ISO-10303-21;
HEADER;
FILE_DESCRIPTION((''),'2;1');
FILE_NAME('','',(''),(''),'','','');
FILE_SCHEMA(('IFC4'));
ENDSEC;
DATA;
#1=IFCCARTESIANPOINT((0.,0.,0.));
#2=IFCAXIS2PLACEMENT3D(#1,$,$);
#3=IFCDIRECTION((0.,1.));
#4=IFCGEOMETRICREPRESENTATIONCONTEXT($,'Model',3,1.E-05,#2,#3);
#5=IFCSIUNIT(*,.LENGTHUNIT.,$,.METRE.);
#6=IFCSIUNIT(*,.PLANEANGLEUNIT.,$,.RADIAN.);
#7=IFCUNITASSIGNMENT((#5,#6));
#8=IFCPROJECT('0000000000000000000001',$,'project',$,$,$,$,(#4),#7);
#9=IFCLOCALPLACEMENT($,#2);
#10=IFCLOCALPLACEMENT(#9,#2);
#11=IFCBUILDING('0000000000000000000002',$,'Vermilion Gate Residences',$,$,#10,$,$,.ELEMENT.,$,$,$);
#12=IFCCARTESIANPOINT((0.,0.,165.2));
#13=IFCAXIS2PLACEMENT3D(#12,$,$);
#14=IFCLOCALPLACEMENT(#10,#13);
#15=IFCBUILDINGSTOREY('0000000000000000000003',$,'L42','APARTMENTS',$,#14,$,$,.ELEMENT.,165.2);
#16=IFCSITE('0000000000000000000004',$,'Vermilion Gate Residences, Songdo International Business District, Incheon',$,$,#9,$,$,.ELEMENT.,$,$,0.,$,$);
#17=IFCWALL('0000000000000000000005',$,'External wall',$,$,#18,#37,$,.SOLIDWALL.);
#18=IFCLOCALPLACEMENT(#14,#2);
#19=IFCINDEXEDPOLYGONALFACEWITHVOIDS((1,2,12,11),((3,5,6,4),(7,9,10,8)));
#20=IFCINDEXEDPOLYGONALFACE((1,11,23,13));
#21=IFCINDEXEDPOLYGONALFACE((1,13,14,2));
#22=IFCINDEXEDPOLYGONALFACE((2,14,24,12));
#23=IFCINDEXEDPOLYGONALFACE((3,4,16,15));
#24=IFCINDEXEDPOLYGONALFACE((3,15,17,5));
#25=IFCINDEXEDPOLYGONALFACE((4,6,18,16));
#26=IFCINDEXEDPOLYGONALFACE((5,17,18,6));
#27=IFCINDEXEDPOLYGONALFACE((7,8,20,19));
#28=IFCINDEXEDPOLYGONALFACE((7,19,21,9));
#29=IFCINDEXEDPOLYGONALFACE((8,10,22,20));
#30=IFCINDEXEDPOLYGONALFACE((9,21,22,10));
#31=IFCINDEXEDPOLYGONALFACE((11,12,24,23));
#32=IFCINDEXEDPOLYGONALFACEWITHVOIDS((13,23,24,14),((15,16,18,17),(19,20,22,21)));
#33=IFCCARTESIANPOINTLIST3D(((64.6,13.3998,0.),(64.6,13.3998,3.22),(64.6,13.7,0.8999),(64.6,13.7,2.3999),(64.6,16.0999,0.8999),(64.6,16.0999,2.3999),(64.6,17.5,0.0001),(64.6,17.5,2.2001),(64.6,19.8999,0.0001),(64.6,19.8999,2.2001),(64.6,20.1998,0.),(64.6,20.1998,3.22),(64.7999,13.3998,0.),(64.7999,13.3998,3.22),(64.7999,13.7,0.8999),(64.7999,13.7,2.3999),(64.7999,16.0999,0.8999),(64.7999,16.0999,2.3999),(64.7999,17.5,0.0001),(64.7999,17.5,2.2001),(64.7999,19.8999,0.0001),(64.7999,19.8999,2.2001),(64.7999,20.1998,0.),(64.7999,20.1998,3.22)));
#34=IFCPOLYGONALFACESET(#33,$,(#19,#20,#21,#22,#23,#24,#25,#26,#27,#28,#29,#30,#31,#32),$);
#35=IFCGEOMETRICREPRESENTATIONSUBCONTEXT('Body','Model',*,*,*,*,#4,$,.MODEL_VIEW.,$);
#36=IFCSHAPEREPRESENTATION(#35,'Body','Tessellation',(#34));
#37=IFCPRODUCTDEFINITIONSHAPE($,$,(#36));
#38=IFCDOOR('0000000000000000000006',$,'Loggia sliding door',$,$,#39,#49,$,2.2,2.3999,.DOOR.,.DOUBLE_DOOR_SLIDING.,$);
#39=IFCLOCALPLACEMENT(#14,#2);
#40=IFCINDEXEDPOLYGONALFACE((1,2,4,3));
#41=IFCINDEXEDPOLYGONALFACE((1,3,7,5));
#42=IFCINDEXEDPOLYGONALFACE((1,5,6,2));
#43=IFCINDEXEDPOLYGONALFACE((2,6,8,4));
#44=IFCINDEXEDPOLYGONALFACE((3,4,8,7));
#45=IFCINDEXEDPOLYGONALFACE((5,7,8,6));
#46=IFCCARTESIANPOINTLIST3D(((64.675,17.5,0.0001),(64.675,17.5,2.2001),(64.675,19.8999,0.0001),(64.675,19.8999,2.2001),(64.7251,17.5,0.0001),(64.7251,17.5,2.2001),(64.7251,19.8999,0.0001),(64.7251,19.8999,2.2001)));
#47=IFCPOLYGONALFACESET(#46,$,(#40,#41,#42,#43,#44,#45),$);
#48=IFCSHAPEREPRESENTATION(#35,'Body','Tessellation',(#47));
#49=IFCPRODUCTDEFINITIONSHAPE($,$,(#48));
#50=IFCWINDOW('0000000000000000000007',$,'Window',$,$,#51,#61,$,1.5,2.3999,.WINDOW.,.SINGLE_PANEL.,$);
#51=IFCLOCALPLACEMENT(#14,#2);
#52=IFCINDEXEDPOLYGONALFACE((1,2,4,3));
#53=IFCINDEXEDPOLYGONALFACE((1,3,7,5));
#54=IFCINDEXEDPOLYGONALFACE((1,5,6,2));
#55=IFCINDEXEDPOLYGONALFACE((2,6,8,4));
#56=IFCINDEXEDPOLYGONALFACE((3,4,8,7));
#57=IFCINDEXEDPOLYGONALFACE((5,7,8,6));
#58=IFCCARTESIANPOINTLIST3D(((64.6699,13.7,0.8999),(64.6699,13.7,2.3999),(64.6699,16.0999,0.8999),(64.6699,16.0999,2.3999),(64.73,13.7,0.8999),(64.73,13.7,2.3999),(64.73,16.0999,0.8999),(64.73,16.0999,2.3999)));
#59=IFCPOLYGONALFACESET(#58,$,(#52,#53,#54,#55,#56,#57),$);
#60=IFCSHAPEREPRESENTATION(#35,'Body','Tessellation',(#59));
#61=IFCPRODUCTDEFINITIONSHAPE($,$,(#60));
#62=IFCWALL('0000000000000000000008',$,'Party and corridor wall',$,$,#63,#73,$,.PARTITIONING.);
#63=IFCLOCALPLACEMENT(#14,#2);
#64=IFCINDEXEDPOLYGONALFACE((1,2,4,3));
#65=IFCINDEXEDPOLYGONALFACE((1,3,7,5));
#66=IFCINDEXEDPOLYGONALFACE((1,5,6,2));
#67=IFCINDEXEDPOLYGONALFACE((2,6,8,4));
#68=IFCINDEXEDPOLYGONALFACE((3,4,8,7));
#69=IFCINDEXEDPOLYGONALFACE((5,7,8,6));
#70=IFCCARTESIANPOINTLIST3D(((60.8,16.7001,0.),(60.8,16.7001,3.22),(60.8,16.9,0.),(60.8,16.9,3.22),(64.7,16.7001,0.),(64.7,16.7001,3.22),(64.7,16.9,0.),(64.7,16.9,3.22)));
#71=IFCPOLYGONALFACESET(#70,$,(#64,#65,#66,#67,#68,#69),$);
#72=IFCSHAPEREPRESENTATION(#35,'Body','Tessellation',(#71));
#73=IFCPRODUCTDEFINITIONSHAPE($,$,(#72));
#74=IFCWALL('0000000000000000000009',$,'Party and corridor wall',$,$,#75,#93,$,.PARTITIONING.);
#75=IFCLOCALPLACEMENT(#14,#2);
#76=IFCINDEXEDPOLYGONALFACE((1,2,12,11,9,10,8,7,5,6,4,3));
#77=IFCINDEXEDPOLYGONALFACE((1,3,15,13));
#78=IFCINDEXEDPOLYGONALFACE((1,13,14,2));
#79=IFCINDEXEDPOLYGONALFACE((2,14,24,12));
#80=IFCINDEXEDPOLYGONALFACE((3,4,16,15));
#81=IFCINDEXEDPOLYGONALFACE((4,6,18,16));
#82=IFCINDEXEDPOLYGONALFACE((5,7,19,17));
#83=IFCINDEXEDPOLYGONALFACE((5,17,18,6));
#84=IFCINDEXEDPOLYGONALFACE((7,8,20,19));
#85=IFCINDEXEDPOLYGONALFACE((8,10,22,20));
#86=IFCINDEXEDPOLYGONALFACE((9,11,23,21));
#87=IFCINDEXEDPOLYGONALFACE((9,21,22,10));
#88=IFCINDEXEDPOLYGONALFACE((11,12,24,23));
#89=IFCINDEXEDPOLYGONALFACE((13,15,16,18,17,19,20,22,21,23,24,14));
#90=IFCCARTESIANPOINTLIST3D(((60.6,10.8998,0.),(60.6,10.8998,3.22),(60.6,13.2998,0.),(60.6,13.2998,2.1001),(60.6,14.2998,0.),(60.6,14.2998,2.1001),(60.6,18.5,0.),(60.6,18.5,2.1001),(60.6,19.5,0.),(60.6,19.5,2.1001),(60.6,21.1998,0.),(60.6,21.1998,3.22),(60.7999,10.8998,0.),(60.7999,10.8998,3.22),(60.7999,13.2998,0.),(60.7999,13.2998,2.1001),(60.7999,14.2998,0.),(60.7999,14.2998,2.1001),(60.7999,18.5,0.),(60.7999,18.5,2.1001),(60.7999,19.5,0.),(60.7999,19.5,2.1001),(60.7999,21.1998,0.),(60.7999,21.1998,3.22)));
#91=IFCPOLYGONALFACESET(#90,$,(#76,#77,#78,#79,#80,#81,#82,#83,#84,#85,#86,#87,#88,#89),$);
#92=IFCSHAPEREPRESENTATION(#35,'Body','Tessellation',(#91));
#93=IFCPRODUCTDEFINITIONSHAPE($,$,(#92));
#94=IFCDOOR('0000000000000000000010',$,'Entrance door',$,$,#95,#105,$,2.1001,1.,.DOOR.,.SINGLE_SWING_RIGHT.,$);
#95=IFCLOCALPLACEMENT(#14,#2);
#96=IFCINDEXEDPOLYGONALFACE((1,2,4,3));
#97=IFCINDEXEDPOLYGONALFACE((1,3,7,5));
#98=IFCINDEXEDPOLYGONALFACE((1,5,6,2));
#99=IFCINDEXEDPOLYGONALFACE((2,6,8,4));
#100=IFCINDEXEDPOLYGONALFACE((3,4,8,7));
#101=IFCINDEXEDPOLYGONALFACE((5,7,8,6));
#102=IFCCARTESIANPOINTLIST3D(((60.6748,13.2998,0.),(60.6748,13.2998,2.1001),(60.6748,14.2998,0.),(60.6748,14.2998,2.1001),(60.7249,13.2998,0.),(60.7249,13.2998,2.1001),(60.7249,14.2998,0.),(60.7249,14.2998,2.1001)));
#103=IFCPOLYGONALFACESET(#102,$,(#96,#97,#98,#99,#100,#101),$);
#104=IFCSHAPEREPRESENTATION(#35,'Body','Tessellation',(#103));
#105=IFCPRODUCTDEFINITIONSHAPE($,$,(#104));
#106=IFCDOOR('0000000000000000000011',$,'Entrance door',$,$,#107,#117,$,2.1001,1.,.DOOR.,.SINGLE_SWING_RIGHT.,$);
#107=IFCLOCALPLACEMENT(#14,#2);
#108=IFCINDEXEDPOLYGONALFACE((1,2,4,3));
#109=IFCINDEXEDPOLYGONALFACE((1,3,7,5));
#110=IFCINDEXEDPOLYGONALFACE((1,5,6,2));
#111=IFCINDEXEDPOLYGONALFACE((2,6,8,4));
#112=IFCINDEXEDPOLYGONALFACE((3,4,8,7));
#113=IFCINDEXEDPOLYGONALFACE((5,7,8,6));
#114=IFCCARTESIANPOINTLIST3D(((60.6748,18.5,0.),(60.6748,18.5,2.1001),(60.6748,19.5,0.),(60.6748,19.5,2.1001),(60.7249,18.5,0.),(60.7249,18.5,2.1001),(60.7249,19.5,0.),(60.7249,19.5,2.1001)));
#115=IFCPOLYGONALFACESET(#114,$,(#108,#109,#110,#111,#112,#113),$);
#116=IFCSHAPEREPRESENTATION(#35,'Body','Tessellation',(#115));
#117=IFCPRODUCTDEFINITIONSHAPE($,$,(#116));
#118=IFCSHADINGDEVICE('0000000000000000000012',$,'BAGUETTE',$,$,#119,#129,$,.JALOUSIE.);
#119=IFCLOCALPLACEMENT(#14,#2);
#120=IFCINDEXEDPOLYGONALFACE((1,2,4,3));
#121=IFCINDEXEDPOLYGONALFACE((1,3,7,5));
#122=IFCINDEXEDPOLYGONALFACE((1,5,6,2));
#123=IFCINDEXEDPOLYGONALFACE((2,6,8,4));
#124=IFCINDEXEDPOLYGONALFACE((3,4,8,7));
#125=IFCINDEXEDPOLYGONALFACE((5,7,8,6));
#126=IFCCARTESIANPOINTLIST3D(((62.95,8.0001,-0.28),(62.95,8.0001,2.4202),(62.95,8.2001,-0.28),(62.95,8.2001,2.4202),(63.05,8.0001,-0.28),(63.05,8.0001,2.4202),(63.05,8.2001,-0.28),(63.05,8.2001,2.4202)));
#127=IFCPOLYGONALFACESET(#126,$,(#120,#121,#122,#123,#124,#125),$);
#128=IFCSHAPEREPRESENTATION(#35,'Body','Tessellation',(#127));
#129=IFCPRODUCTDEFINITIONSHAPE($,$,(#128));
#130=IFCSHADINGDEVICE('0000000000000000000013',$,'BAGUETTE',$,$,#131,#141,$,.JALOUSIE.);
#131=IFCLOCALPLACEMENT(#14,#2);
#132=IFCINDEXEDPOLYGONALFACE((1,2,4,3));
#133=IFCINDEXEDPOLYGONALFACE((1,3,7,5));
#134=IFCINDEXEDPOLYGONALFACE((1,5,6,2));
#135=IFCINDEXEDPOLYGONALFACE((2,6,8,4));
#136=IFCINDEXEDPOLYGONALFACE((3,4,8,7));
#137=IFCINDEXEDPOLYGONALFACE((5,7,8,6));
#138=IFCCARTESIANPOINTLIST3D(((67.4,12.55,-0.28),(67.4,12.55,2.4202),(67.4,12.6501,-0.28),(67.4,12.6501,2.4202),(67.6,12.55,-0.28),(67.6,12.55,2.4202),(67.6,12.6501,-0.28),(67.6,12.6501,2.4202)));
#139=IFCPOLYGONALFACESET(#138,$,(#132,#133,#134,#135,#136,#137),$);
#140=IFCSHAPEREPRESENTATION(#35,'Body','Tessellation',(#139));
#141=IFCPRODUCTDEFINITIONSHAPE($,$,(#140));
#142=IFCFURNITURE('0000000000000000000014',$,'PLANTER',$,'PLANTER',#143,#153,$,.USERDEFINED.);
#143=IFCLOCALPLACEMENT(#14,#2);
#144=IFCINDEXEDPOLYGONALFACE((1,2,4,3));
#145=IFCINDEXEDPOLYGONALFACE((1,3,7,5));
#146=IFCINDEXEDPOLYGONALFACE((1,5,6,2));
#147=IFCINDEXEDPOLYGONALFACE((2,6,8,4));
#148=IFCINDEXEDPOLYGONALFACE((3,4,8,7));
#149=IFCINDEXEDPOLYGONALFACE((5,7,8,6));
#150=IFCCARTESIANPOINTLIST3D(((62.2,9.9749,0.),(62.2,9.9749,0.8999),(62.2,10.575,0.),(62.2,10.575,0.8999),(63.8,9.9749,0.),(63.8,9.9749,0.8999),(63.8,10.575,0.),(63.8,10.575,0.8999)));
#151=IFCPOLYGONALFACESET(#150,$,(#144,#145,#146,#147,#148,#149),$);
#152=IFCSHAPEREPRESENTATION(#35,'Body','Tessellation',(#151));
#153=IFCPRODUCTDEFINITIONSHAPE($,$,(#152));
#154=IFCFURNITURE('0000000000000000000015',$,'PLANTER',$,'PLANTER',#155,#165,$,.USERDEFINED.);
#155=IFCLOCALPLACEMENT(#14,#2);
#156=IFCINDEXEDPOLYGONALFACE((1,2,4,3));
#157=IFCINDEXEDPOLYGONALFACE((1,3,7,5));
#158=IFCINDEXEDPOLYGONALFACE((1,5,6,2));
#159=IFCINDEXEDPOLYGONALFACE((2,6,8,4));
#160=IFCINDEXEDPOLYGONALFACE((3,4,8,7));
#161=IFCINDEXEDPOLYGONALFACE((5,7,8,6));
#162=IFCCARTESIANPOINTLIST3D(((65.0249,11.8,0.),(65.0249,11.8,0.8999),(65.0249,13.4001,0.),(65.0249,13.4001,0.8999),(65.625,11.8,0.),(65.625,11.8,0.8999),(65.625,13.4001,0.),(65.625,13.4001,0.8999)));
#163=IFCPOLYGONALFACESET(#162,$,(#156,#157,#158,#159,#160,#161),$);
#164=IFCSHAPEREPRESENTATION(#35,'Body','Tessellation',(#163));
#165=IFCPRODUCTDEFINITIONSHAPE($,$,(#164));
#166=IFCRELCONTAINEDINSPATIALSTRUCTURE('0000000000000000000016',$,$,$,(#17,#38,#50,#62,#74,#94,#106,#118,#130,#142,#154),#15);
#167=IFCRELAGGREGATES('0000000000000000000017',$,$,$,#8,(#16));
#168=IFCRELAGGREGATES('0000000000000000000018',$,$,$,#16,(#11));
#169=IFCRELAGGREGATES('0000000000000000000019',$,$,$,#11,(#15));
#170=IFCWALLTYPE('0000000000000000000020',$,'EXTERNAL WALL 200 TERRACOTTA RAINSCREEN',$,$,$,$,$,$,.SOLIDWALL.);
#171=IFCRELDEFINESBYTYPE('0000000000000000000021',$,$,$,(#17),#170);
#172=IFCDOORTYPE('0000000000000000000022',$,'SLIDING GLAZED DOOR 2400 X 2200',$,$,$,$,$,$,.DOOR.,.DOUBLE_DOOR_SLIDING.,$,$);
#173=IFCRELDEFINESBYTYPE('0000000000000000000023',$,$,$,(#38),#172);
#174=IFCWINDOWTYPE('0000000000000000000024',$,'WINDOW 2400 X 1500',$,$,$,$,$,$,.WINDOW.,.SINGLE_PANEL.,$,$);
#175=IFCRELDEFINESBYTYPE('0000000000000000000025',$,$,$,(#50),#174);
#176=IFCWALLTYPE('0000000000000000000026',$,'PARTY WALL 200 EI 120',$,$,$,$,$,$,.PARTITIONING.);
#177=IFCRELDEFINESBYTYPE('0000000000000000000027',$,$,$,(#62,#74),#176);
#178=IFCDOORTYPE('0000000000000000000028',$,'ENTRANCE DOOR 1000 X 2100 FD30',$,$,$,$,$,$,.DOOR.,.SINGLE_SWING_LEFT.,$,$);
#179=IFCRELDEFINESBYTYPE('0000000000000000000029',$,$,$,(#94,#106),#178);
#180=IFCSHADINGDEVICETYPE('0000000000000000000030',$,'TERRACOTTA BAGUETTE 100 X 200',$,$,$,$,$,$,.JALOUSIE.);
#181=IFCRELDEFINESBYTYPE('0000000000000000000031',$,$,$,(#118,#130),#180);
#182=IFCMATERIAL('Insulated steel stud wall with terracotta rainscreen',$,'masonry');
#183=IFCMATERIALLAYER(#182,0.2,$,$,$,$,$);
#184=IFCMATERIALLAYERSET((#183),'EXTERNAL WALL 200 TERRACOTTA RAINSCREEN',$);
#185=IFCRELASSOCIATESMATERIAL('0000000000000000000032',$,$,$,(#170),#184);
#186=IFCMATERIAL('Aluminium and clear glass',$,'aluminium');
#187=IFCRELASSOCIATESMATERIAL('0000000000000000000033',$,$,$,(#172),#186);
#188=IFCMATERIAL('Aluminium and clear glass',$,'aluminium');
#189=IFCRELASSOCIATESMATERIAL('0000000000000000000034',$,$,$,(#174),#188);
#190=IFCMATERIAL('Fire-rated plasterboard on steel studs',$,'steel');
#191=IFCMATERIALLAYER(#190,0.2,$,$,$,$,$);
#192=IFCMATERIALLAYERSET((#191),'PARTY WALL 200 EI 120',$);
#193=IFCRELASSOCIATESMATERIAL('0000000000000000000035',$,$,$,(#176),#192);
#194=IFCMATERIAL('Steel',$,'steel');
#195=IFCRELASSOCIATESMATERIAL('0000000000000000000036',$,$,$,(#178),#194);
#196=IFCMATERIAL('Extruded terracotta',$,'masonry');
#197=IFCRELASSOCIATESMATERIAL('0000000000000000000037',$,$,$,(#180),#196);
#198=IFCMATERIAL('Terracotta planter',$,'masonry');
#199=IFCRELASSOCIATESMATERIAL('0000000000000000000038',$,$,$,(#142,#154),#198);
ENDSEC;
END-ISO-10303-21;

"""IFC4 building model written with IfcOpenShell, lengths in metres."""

from ifc_helpers import new_model, si_unit, direction, frame, frame_2d, origin, origin_2d, place, context, subcontext, project, spatial, rectangle, extrude, material, layer, layer_set, material_profile, profile_set, type_object, element, fill, save


model = new_model("IFC4")

# Units and contexts
model_context = context("Model", 3, precision=1e-05, world=origin(), true_north=direction((0.0, 1.0)))
body_context = subcontext(model_context, "Body", "Model", "MODEL_VIEW")
ifc_project = project(units=[si_unit("LENGTHUNIT", "METRE"), si_unit("PLANEANGLEUNIT", "RADIAN")], contexts=[model_context])

# Site, building, storey
site_placement = place(None, origin())
site = spatial("IfcSite", under=ifc_project, at=site_placement, Name="Vermilion Gate Residences, Songdo International Business District, Incheon", CompositionType="ELEMENT", RefElevation=0.0)
building_placement = place(site_placement, origin())
building = spatial("IfcBuilding", under=site, at=building_placement, Name="Vermilion Gate Residences", CompositionType="ELEMENT")
storey_placement = place(building_placement, frame((0.0, 0.0, 165.2)))
storey = spatial("IfcBuildingStorey", under=building, at=storey_placement, Name="L42", Description="APARTMENTS", CompositionType="ELEMENT", Elevation=165.2)

# Shared definitions
ifc_material_1 = material(Name="Insulated steel stud wall with terracotta rainscreen", Category="masonry")
ifc_layer_1 = layer(ifc_material_1, 0.2)
ifc_layer_set_1 = layer_set([ifc_layer_1], Name="EXTERNAL WALL 200 TERRACOTTA RAINSCREEN")
wall_type_1 = type_object("IfcWallType", Name="EXTERNAL WALL 200 TERRACOTTA RAINSCREEN", PredefinedType="SOLIDWALL", material=ifc_layer_set_1)

# Wall, openings, door, window
wall_1_placement = place(storey_placement, frame((64.7, 13.3999, 0.0), z_axis=(0.0, 0.0, 1.0), x_axis=(0.0, 1.0, 0.0)))
wall_1 = element("IfcWall", 1, at=wall_1_placement, inside=storey, type_object=wall_type_1, Name="External wall", PredefinedType="SOLIDWALL", context=body_context, shape_type="SweptSolid", body=[
    extrude(rectangle(XDim=6.8, YDim=0.2, at=frame_2d((3.3999, 0.0))), origin(), (0.0, 0.0, 1.0), 3.22),
])
opening_1_placement = place(wall_1_placement, frame((0.3, 0.0, 0.8999)))
opening_1 = element("IfcOpeningElement", 2, at=opening_1_placement, cuts=wall_1, PredefinedType="OPENING", context=body_context, shape_type="SweptSolid", body=[
    extrude(rectangle(XDim=2.3999, YDim=1.5, at=frame_2d((1.2, 0.75))), frame((0.0, 0.1099, 0.0), z_axis=(0.0, -1.0, 0.0), x_axis=(1.0, 0.0, 0.0)), (0.0, 0.0, 1.0), 0.22),
])
opening_2_placement = place(wall_1_placement, frame((4.1001, 0.0, 0.0)))
opening_2 = element("IfcOpeningElement", 3, at=opening_2_placement, cuts=wall_1, PredefinedType="OPENING", context=body_context, shape_type="SweptSolid", body=[
    extrude(rectangle(XDim=2.3999, YDim=2.2, at=frame_2d((1.2, 1.1001))), frame((0.0, 0.1099, 0.0), z_axis=(0.0, -1.0, 0.0), x_axis=(1.0, 0.0, 0.0)), (0.0, 0.0, 1.0), 0.22),
])
ifc_material_2 = material(Name="Aluminium and clear glass", Category="aluminium")
door_type_1 = type_object("IfcDoorType", Name="SLIDING GLAZED DOOR 2400 X 2200", OperationType="DOUBLE_DOOR_SLIDING", PredefinedType="DOOR", material=ifc_material_2)
door_1_placement = place(opening_2_placement, origin())
door_1 = element("IfcDoor", 4, at=door_1_placement, inside=storey, type_object=door_type_1, Name="Loggia sliding door", OperationType="DOUBLE_DOOR_SLIDING", OverallHeight=2.2, OverallWidth=2.3999, PredefinedType="DOOR", context=body_context, shape_type="SweptSolid", body=[
    extrude(rectangle(XDim=2.3999, YDim=2.2, at=frame_2d((1.2, 1.1001))), frame((0.0, 0.0249, 0.0), z_axis=(0.0, -1.0, 0.0), x_axis=(1.0, 0.0, 0.0)), (0.0, 0.0, 1.0), 0.05),
])
fill(opening_2, door_1)
ifc_material_3 = material(Name="Aluminium and clear glass", Category="aluminium")
window_type_1 = type_object("IfcWindowType", Name="WINDOW 2400 X 1500", PartitioningType="SINGLE_PANEL", PredefinedType="WINDOW", material=ifc_material_3)
window_1_placement = place(opening_1_placement, origin())
window_1 = element("IfcWindow", 5, at=window_1_placement, inside=storey, type_object=window_type_1, Name="Window", OverallHeight=1.5, OverallWidth=2.3999, PartitioningType="SINGLE_PANEL", PredefinedType="WINDOW", context=body_context, shape_type="SweptSolid", body=[
    extrude(rectangle(XDim=2.3999, YDim=1.5, at=frame_2d((1.2, 0.75))), frame((0.0, 0.03, 0.0), z_axis=(0.0, -1.0, 0.0), x_axis=(1.0, 0.0, 0.0)), (0.0, 0.0, 1.0), 0.0601),
])
fill(opening_1, window_1)

# Wall
ifc_material_4 = material(Name="Fire-rated plasterboard on steel studs", Category="steel")
ifc_layer_2 = layer(ifc_material_4, 0.2)
ifc_layer_set_2 = layer_set([ifc_layer_2], Name="PARTY WALL 200 EI 120")
wall_type_2 = type_object("IfcWallType", Name="PARTY WALL 200 EI 120", PredefinedType="PARTITIONING", material=ifc_layer_set_2)
wall_2_placement = place(storey_placement, frame((60.8, 16.8, 0.0), z_axis=(0.0, 0.0, 1.0), x_axis=(1.0, 0.0, 0.0)))
element("IfcWall", 6, at=wall_2_placement, inside=storey, type_object=wall_type_2, Name="Party and corridor wall", PredefinedType="PARTITIONING", context=body_context, shape_type="SweptSolid", body=[
    extrude(rectangle(XDim=3.8999, YDim=0.2, at=frame_2d((1.95, 0.0))), origin(), (0.0, 0.0, 1.0), 3.22),
])

# Wall, openings, doors
wall_3_placement = place(storey_placement, frame((60.7, 10.8999, 0.0), z_axis=(0.0, 0.0, 1.0), x_axis=(0.0, 1.0, 0.0)))
wall_3 = element("IfcWall", 7, at=wall_3_placement, inside=storey, type_object=wall_type_2, Name="Party and corridor wall", PredefinedType="PARTITIONING", context=body_context, shape_type="SweptSolid", body=[
    extrude(rectangle(XDim=10.3, YDim=0.2, at=frame_2d((5.1499, 0.0))), origin(), (0.0, 0.0, 1.0), 3.22),
])
opening_3_placement = place(wall_3_placement, frame((2.3999, 0.0, 0.0)))
opening_3 = element("IfcOpeningElement", 8, at=opening_3_placement, cuts=wall_3, PredefinedType="OPENING", context=body_context, shape_type="SweptSolid", body=[
    extrude(rectangle(XDim=1.0, YDim=2.1001, at=frame_2d((0.5, 1.05))), frame((0.0, 0.1099, 0.0), z_axis=(0.0, -1.0, 0.0), x_axis=(1.0, 0.0, 0.0)), (0.0, 0.0, 1.0), 0.22),
])
opening_4_placement = place(wall_3_placement, frame((7.6001, 0.0, 0.0)))
opening_4 = element("IfcOpeningElement", 9, at=opening_4_placement, cuts=wall_3, PredefinedType="OPENING", context=body_context, shape_type="SweptSolid", body=[
    extrude(rectangle(XDim=1.0, YDim=2.1001, at=frame_2d((0.5, 1.05))), frame((0.0, 0.1099, 0.0), z_axis=(0.0, -1.0, 0.0), x_axis=(1.0, 0.0, 0.0)), (0.0, 0.0, 1.0), 0.22),
])
ifc_material_5 = material(Name="Steel", Category="steel")
door_type_2 = type_object("IfcDoorType", Name="ENTRANCE DOOR 1000 X 2100 FD30", OperationType="SINGLE_SWING_LEFT", PredefinedType="DOOR", material=ifc_material_5)
door_2_placement = place(opening_3_placement, frame((1.0, 0.0, 0.0), z_axis=(0.0, 0.0, 1.0), x_axis=(-1.0, 0.0, 0.0)))
door_2 = element("IfcDoor", 10, at=door_2_placement, inside=storey, type_object=door_type_2, Name="Entrance door", OperationType="SINGLE_SWING_RIGHT", OverallHeight=2.1001, OverallWidth=1.0, PredefinedType="DOOR", context=body_context, shape_type="SweptSolid", body=[
    extrude(rectangle(XDim=1.0, YDim=2.1001, at=frame_2d((0.5, 1.05))), frame((0.0, 0.0249, 0.0), z_axis=(0.0, -1.0, 0.0), x_axis=(1.0, 0.0, 0.0)), (0.0, 0.0, 1.0), 0.05),
])
fill(opening_3, door_2)
door_3_placement = place(opening_4_placement, frame((1.0, 0.0, 0.0), z_axis=(0.0, 0.0, 1.0), x_axis=(-1.0, 0.0, 0.0)))
door_3 = element("IfcDoor", 11, at=door_3_placement, inside=storey, type_object=door_type_2, Name="Entrance door", OperationType="SINGLE_SWING_RIGHT", OverallHeight=2.1001, OverallWidth=1.0, PredefinedType="DOOR", context=body_context, shape_type="SweptSolid", body=[
    extrude(rectangle(XDim=1.0, YDim=2.1001, at=frame_2d((0.5, 1.05))), frame((0.0, 0.0249, 0.0), z_axis=(0.0, -1.0, 0.0), x_axis=(1.0, 0.0, 0.0)), (0.0, 0.0, 1.0), 0.05),
])
fill(opening_4, door_3)

# Shading devices
ifc_material_6 = material(Name="Extruded terracotta", Category="masonry")
ifc_material_profile_1 = material_profile(ifc_material_6, rectangle(XDim=0.2, YDim=0.1001, at=origin_2d()), Name="BAGUETTE 100 X 200")
ifc_profile_set_1 = profile_set([ifc_material_profile_1], Name="Extruded terracotta")
shading_device_type = type_object("IfcShadingDeviceType", Name="TERRACOTTA BAGUETTE 100 X 200", PredefinedType="JALOUSIE", material=ifc_profile_set_1)
for number, where, z_axis, x_axis, name in (
    (12, (63.0, 8.1001, -0.28), (0.0, 0.0, 1.0), (0.0, 1.0, 0.0), "BAGUETTE"),
    (13, (67.5, 12.6001, -0.28), (0.0, 0.0, 1.0), (-1.0, 0.0, 0.0), "BAGUETTE"),
):
    element("IfcShadingDevice", number, at=place(storey_placement, frame(where, z_axis=z_axis, x_axis=x_axis)), inside=storey, type_object=shading_device_type, Name=name, PredefinedType="JALOUSIE", context=body_context, shape_type="SweptSolid", body=[
        extrude(rectangle(XDim=0.2, YDim=0.1001, at=origin_2d()), origin(), (0.0, 0.0, 1.0), 2.7002),
    ])

# Furniture
ifc_material_7 = material(Name="Terracotta planter", Category="masonry")
for number, where, z_axis, x_axis, name in (
    (14, (63.0, 10.2749, 0.0), (0.0, 0.0, 1.0), (1.0, 0.0, 0.0), "PLANTER"),
    (15, (65.325, 12.6001, 0.0), (0.0, 0.0, 1.0), (0.0, 1.0, 0.0), "PLANTER"),
):
    element("IfcFurniture", number, at=place(storey_placement, frame(where, z_axis=z_axis, x_axis=x_axis)), inside=storey, material=ifc_material_7, Name=name, ObjectType="PLANTER", PredefinedType="USERDEFINED", context=body_context, shape_type="SweptSolid", body=[
        extrude(rectangle(XDim=1.6001, YDim=0.6001, at=origin_2d()), origin(), (0.0, 0.0, 1.0), 0.8999),
    ])

save(model, "model.ifc")
